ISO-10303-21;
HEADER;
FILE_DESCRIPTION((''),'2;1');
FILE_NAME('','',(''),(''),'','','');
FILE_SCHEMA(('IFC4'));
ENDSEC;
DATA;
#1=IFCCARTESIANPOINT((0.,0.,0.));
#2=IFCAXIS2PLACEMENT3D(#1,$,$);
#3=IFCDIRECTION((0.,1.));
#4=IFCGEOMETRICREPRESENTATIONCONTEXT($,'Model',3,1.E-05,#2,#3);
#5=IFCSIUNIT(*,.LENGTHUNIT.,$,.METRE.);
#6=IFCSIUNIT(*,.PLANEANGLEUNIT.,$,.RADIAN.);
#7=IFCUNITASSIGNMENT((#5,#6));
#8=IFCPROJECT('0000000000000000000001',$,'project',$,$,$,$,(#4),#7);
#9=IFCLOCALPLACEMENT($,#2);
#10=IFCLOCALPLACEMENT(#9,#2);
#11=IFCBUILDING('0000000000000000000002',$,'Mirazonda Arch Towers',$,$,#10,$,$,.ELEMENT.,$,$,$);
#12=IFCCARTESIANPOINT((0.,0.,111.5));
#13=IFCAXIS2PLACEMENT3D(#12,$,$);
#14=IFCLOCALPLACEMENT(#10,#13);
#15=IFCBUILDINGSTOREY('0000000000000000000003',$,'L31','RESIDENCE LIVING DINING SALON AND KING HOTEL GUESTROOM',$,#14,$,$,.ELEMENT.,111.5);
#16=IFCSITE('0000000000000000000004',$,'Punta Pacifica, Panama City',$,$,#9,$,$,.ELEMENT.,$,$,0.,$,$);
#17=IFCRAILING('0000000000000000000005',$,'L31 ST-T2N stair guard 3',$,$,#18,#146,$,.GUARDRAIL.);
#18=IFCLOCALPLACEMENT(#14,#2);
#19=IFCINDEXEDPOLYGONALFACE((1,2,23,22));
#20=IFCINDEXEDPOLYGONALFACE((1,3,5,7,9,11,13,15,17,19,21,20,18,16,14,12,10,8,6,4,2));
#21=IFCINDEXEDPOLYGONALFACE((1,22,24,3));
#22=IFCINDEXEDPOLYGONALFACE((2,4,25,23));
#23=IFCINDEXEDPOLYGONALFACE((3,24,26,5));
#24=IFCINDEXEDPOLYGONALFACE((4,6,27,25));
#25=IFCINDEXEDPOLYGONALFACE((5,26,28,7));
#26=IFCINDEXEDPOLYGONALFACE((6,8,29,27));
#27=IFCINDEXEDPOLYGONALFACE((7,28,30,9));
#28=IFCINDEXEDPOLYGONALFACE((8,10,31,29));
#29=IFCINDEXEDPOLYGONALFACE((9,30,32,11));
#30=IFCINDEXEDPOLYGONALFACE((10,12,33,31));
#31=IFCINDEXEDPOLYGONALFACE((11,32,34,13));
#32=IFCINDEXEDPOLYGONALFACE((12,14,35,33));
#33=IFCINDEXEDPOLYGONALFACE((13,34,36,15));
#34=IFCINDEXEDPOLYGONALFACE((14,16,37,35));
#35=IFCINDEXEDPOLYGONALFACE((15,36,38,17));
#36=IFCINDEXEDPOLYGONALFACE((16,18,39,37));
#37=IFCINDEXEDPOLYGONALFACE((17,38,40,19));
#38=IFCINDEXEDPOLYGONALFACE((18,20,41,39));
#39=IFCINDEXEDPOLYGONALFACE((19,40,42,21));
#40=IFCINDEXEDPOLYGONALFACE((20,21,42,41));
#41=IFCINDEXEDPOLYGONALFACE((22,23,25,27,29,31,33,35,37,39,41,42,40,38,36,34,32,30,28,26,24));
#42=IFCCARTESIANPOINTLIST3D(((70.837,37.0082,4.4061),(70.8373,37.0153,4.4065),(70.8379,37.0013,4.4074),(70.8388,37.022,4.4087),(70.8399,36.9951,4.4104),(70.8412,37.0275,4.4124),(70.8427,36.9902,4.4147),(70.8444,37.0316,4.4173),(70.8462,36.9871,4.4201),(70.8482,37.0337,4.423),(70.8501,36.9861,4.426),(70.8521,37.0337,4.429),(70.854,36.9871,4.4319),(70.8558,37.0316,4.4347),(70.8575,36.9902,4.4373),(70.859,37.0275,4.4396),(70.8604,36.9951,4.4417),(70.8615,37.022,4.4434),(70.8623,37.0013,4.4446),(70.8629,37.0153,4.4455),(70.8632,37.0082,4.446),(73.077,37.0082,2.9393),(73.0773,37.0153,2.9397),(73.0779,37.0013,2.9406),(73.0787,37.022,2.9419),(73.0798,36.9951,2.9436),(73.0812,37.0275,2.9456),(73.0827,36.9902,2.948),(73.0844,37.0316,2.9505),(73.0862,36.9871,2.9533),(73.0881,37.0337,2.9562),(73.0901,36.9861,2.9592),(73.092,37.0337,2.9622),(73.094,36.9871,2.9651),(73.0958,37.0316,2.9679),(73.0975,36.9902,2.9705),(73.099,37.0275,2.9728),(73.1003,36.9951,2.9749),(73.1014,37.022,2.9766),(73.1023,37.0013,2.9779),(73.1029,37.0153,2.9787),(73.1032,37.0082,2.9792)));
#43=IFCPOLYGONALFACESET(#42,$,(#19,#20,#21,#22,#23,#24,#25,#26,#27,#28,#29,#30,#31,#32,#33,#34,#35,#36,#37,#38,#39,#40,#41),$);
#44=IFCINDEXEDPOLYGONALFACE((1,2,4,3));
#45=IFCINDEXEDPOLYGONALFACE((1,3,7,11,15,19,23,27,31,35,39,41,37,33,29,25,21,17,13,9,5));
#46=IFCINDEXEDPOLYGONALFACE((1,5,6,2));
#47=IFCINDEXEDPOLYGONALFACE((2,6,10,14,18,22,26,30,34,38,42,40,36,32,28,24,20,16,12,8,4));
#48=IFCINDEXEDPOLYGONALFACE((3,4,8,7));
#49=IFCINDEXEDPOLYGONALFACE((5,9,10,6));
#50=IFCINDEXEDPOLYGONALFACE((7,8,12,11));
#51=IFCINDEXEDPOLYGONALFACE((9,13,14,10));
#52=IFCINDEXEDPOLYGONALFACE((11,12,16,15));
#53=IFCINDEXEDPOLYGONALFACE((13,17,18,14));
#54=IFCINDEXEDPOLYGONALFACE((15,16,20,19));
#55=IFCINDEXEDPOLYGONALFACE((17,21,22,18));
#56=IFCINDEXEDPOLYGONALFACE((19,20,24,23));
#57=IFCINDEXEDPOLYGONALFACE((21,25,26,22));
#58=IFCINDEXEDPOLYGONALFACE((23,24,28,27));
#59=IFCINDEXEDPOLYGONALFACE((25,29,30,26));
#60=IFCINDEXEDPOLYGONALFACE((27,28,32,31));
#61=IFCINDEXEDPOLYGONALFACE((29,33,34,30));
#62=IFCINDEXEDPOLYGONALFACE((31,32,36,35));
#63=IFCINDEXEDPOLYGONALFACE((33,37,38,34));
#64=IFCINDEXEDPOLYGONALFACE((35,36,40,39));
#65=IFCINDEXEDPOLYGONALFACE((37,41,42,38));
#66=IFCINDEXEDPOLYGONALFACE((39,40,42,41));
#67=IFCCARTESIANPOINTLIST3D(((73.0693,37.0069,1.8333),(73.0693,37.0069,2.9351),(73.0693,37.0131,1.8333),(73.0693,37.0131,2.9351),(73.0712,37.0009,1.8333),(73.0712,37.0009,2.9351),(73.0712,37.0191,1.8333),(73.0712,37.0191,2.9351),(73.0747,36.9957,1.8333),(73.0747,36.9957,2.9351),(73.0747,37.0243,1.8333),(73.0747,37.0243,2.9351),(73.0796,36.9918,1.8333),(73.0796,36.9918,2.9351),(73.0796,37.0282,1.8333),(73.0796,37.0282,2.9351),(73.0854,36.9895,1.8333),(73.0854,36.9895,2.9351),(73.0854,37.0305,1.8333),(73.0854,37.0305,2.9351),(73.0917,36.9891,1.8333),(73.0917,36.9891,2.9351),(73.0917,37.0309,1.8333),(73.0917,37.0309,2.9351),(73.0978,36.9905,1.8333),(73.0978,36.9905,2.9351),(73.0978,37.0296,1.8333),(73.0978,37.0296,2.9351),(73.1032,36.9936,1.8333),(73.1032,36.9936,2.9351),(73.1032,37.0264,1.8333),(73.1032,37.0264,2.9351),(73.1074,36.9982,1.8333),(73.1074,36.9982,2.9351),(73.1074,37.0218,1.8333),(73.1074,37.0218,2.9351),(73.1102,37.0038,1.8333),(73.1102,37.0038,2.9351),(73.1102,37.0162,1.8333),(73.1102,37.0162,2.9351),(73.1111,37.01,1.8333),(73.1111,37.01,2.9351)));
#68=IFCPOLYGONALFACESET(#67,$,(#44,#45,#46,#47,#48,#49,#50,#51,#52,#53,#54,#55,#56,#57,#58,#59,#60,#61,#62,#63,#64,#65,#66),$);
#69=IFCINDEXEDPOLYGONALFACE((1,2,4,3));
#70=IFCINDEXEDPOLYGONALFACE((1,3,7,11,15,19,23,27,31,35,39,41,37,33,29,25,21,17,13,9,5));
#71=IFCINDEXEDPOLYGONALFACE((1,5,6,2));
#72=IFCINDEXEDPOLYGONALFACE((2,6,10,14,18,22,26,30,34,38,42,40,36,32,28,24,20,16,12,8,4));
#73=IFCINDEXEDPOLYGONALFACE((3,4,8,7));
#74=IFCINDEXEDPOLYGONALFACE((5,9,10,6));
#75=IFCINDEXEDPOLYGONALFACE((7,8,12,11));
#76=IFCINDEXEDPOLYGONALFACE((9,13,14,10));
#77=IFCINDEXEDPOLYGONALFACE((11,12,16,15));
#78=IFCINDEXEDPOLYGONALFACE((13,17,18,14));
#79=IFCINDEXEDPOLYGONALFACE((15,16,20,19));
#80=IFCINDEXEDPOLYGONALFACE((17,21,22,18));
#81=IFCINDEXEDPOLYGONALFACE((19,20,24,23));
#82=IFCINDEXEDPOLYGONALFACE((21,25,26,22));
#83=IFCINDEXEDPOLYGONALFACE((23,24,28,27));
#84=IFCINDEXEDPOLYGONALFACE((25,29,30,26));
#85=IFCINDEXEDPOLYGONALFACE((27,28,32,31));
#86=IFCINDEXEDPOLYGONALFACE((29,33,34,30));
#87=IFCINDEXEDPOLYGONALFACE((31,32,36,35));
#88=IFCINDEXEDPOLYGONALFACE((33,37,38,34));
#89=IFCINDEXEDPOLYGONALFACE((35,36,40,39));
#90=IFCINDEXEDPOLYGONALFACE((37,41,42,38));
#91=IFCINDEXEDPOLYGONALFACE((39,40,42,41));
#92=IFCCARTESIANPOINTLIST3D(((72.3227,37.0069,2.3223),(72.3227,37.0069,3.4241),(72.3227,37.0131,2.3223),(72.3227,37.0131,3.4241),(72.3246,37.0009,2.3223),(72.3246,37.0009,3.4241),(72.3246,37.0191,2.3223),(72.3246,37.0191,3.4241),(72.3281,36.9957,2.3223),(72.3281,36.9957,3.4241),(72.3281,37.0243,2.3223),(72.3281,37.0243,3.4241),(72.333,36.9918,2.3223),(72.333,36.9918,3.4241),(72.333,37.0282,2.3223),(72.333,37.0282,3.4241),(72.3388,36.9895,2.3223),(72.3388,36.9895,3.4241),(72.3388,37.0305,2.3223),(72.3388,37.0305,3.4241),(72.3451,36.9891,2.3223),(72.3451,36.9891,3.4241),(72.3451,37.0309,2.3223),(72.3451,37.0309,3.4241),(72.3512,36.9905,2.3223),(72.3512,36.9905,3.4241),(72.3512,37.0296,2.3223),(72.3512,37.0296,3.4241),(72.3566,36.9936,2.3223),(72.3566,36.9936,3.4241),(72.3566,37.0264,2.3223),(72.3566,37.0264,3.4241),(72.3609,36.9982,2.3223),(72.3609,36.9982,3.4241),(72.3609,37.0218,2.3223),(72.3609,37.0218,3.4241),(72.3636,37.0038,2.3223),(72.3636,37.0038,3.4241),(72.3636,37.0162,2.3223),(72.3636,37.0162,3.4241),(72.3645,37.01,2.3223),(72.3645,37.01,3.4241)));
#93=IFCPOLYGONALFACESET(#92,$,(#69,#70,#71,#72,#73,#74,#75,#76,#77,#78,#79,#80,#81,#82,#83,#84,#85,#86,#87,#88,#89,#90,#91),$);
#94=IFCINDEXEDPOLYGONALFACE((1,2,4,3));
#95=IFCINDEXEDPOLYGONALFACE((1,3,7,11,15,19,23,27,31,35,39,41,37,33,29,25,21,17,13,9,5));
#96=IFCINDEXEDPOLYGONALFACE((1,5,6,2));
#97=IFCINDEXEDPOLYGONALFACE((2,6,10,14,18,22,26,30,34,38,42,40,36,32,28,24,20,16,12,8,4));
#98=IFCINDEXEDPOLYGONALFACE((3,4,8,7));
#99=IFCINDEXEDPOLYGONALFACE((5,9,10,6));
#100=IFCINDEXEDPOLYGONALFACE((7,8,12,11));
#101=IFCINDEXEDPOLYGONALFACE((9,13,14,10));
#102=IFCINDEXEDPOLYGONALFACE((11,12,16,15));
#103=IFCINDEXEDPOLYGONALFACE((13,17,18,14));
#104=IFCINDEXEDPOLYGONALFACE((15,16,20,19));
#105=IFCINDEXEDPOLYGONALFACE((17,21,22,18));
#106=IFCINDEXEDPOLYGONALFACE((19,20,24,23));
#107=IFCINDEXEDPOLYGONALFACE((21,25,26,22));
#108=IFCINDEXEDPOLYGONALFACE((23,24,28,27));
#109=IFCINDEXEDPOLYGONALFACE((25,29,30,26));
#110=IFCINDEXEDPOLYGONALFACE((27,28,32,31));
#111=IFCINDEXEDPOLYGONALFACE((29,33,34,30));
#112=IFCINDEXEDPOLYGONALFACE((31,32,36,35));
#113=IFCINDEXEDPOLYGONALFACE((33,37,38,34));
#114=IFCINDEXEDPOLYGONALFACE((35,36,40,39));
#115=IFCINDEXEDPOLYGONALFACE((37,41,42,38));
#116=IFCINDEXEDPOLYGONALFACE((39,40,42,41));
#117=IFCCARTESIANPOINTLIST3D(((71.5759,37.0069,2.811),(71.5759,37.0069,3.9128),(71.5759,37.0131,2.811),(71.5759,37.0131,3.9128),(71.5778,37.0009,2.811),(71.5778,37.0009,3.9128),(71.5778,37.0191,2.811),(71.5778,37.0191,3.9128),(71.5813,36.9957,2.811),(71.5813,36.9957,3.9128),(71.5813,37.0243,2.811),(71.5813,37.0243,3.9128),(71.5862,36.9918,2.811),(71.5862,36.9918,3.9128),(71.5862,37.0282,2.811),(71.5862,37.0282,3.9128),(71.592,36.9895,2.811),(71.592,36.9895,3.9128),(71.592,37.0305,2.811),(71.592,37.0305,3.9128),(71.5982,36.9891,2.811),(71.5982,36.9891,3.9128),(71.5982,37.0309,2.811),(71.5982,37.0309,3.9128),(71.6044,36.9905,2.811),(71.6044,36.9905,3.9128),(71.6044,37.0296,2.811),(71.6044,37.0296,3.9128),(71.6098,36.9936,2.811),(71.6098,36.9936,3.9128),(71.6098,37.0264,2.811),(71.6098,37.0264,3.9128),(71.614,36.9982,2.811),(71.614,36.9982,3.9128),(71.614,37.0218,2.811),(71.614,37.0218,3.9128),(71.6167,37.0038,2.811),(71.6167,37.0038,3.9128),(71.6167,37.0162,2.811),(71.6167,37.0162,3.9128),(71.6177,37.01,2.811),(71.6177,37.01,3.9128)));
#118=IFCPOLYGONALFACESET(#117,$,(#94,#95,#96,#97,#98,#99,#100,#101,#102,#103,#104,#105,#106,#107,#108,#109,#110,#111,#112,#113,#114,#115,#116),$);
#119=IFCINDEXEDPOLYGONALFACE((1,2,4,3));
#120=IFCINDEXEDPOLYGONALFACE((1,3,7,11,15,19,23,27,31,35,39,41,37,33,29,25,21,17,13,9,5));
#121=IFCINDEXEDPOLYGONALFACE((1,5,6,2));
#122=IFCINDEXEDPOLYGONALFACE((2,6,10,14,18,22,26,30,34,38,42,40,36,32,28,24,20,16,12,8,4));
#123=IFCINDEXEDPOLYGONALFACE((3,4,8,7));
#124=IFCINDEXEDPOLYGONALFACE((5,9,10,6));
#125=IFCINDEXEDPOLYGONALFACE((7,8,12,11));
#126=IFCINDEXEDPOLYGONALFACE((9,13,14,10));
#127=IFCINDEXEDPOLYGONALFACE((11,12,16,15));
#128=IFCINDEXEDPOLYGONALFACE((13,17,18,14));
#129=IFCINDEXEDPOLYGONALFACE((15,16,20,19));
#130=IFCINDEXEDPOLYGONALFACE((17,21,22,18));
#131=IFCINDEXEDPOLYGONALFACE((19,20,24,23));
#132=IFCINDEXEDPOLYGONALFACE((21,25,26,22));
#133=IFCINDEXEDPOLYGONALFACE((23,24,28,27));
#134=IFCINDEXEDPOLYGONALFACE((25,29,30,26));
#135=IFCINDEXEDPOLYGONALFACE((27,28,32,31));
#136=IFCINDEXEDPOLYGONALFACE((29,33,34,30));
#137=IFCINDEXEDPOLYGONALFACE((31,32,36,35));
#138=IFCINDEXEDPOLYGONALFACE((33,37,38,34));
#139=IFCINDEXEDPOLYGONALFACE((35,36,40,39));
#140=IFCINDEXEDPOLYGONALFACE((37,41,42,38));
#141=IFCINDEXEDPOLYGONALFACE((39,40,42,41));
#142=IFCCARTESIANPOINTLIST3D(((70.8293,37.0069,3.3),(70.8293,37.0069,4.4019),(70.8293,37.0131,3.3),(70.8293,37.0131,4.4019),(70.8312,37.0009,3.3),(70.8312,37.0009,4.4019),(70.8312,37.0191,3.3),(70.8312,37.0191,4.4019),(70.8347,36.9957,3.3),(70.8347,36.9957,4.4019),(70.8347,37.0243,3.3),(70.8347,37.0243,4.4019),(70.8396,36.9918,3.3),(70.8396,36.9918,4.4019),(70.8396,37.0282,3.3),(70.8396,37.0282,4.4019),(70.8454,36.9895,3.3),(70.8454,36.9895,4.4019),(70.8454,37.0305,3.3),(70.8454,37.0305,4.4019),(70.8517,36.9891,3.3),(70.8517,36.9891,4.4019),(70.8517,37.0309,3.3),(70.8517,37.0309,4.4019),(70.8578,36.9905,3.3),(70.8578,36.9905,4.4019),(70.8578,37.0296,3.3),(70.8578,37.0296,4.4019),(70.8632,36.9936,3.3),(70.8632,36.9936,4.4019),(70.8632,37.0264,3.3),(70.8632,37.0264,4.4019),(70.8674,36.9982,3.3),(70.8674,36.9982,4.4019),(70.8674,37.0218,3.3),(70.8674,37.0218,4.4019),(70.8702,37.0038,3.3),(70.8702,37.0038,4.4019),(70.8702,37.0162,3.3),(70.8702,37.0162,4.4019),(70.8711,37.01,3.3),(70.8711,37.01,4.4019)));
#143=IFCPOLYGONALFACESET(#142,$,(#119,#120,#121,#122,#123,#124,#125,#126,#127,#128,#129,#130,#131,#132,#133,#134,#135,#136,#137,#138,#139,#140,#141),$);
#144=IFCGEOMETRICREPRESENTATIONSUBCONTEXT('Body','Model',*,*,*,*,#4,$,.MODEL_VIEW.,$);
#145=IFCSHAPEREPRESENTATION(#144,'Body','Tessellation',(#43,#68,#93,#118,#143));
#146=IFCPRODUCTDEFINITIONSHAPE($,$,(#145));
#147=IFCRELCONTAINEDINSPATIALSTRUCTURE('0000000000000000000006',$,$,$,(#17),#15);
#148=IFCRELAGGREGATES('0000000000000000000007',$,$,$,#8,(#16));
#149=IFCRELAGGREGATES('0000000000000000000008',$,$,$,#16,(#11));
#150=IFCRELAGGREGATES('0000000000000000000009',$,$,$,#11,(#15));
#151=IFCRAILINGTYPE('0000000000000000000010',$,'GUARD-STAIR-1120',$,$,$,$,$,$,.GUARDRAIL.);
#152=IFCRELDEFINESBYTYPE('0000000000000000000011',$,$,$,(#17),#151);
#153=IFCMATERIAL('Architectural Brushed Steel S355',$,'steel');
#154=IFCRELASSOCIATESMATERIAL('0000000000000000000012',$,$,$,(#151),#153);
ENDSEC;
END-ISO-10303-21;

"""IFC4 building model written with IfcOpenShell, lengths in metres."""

from ifc_helpers import new_model, si_unit, direction, frame, origin, origin_2d, place, context, subcontext, project, spatial, circle, extrude, material, type_object, element, save


model = new_model("IFC4")

# Units and contexts
model_context = context("Model", 3, precision=1e-05, world=origin(), true_north=direction((0.0, 1.0)))
body_context = subcontext(model_context, "Body", "Model", "MODEL_VIEW")
ifc_project = project(units=[si_unit("LENGTHUNIT", "METRE"), si_unit("PLANEANGLEUNIT", "RADIAN")], contexts=[model_context])

# Site, building, storey
site_placement = place(None, origin())
site = spatial("IfcSite", under=ifc_project, at=site_placement, Name="Punta Pacifica, Panama City", CompositionType="ELEMENT", RefElevation=0.0)
building_placement = place(site_placement, origin())
building = spatial("IfcBuilding", under=site, at=building_placement, Name="Mirazonda Arch Towers", CompositionType="ELEMENT")
storey_placement = place(building_placement, frame((0.0, 0.0, 111.5)))
storey = spatial("IfcBuildingStorey", under=building, at=storey_placement, Name="L31", Description="RESIDENCE LIVING DINING SALON AND KING HOTEL GUESTROOM", CompositionType="ELEMENT", Elevation=111.5)

# Shared definitions
ifc_material_1 = material(Name="Architectural Brushed Steel S355", Category="steel")

# Railing
railing_type_1 = type_object("IfcRailingType", Name="GUARD-STAIR-1120", PredefinedType="GUARDRAIL", material=ifc_material_1)
railing_1_placement = place(storey_placement, frame((73.0901, 37.01, 1.8333)))
element("IfcRailing", 1, at=railing_1_placement, inside=storey, type_object=railing_type_1, Name="L31 ST-T2N stair guard 3", PredefinedType="GUARDRAIL", context=body_context, shape_type="SweptSolid", body=[
    extrude(circle(Radius=0.0239, at=origin_2d()), frame((0.0, 0.0, 1.126), z_axis=(-0.836595, 0.0, 0.547822), x_axis=(0.0, -1.0, 0.0)), (0.0, 0.0, 1.0), 2.6775),
    extrude(circle(Radius=0.021, at=origin_2d()), origin(), (0.0, 0.0, 1.0), 1.1018),
    extrude(circle(Radius=0.021, at=origin_2d()), frame((-0.7466, 0.0, 0.489)), (0.0, 0.0, 1.0), 1.1018),
    extrude(circle(Radius=0.021, at=origin_2d()), frame((-1.4934, 0.0, 0.9778)), (0.0, 0.0, 1.0), 1.1018),
    extrude(circle(Radius=0.021, at=origin_2d()), frame((-2.24, 0.0, 1.4668)), (0.0, 0.0, 1.0), 1.1018),
])

save(model, "model.ifc")
